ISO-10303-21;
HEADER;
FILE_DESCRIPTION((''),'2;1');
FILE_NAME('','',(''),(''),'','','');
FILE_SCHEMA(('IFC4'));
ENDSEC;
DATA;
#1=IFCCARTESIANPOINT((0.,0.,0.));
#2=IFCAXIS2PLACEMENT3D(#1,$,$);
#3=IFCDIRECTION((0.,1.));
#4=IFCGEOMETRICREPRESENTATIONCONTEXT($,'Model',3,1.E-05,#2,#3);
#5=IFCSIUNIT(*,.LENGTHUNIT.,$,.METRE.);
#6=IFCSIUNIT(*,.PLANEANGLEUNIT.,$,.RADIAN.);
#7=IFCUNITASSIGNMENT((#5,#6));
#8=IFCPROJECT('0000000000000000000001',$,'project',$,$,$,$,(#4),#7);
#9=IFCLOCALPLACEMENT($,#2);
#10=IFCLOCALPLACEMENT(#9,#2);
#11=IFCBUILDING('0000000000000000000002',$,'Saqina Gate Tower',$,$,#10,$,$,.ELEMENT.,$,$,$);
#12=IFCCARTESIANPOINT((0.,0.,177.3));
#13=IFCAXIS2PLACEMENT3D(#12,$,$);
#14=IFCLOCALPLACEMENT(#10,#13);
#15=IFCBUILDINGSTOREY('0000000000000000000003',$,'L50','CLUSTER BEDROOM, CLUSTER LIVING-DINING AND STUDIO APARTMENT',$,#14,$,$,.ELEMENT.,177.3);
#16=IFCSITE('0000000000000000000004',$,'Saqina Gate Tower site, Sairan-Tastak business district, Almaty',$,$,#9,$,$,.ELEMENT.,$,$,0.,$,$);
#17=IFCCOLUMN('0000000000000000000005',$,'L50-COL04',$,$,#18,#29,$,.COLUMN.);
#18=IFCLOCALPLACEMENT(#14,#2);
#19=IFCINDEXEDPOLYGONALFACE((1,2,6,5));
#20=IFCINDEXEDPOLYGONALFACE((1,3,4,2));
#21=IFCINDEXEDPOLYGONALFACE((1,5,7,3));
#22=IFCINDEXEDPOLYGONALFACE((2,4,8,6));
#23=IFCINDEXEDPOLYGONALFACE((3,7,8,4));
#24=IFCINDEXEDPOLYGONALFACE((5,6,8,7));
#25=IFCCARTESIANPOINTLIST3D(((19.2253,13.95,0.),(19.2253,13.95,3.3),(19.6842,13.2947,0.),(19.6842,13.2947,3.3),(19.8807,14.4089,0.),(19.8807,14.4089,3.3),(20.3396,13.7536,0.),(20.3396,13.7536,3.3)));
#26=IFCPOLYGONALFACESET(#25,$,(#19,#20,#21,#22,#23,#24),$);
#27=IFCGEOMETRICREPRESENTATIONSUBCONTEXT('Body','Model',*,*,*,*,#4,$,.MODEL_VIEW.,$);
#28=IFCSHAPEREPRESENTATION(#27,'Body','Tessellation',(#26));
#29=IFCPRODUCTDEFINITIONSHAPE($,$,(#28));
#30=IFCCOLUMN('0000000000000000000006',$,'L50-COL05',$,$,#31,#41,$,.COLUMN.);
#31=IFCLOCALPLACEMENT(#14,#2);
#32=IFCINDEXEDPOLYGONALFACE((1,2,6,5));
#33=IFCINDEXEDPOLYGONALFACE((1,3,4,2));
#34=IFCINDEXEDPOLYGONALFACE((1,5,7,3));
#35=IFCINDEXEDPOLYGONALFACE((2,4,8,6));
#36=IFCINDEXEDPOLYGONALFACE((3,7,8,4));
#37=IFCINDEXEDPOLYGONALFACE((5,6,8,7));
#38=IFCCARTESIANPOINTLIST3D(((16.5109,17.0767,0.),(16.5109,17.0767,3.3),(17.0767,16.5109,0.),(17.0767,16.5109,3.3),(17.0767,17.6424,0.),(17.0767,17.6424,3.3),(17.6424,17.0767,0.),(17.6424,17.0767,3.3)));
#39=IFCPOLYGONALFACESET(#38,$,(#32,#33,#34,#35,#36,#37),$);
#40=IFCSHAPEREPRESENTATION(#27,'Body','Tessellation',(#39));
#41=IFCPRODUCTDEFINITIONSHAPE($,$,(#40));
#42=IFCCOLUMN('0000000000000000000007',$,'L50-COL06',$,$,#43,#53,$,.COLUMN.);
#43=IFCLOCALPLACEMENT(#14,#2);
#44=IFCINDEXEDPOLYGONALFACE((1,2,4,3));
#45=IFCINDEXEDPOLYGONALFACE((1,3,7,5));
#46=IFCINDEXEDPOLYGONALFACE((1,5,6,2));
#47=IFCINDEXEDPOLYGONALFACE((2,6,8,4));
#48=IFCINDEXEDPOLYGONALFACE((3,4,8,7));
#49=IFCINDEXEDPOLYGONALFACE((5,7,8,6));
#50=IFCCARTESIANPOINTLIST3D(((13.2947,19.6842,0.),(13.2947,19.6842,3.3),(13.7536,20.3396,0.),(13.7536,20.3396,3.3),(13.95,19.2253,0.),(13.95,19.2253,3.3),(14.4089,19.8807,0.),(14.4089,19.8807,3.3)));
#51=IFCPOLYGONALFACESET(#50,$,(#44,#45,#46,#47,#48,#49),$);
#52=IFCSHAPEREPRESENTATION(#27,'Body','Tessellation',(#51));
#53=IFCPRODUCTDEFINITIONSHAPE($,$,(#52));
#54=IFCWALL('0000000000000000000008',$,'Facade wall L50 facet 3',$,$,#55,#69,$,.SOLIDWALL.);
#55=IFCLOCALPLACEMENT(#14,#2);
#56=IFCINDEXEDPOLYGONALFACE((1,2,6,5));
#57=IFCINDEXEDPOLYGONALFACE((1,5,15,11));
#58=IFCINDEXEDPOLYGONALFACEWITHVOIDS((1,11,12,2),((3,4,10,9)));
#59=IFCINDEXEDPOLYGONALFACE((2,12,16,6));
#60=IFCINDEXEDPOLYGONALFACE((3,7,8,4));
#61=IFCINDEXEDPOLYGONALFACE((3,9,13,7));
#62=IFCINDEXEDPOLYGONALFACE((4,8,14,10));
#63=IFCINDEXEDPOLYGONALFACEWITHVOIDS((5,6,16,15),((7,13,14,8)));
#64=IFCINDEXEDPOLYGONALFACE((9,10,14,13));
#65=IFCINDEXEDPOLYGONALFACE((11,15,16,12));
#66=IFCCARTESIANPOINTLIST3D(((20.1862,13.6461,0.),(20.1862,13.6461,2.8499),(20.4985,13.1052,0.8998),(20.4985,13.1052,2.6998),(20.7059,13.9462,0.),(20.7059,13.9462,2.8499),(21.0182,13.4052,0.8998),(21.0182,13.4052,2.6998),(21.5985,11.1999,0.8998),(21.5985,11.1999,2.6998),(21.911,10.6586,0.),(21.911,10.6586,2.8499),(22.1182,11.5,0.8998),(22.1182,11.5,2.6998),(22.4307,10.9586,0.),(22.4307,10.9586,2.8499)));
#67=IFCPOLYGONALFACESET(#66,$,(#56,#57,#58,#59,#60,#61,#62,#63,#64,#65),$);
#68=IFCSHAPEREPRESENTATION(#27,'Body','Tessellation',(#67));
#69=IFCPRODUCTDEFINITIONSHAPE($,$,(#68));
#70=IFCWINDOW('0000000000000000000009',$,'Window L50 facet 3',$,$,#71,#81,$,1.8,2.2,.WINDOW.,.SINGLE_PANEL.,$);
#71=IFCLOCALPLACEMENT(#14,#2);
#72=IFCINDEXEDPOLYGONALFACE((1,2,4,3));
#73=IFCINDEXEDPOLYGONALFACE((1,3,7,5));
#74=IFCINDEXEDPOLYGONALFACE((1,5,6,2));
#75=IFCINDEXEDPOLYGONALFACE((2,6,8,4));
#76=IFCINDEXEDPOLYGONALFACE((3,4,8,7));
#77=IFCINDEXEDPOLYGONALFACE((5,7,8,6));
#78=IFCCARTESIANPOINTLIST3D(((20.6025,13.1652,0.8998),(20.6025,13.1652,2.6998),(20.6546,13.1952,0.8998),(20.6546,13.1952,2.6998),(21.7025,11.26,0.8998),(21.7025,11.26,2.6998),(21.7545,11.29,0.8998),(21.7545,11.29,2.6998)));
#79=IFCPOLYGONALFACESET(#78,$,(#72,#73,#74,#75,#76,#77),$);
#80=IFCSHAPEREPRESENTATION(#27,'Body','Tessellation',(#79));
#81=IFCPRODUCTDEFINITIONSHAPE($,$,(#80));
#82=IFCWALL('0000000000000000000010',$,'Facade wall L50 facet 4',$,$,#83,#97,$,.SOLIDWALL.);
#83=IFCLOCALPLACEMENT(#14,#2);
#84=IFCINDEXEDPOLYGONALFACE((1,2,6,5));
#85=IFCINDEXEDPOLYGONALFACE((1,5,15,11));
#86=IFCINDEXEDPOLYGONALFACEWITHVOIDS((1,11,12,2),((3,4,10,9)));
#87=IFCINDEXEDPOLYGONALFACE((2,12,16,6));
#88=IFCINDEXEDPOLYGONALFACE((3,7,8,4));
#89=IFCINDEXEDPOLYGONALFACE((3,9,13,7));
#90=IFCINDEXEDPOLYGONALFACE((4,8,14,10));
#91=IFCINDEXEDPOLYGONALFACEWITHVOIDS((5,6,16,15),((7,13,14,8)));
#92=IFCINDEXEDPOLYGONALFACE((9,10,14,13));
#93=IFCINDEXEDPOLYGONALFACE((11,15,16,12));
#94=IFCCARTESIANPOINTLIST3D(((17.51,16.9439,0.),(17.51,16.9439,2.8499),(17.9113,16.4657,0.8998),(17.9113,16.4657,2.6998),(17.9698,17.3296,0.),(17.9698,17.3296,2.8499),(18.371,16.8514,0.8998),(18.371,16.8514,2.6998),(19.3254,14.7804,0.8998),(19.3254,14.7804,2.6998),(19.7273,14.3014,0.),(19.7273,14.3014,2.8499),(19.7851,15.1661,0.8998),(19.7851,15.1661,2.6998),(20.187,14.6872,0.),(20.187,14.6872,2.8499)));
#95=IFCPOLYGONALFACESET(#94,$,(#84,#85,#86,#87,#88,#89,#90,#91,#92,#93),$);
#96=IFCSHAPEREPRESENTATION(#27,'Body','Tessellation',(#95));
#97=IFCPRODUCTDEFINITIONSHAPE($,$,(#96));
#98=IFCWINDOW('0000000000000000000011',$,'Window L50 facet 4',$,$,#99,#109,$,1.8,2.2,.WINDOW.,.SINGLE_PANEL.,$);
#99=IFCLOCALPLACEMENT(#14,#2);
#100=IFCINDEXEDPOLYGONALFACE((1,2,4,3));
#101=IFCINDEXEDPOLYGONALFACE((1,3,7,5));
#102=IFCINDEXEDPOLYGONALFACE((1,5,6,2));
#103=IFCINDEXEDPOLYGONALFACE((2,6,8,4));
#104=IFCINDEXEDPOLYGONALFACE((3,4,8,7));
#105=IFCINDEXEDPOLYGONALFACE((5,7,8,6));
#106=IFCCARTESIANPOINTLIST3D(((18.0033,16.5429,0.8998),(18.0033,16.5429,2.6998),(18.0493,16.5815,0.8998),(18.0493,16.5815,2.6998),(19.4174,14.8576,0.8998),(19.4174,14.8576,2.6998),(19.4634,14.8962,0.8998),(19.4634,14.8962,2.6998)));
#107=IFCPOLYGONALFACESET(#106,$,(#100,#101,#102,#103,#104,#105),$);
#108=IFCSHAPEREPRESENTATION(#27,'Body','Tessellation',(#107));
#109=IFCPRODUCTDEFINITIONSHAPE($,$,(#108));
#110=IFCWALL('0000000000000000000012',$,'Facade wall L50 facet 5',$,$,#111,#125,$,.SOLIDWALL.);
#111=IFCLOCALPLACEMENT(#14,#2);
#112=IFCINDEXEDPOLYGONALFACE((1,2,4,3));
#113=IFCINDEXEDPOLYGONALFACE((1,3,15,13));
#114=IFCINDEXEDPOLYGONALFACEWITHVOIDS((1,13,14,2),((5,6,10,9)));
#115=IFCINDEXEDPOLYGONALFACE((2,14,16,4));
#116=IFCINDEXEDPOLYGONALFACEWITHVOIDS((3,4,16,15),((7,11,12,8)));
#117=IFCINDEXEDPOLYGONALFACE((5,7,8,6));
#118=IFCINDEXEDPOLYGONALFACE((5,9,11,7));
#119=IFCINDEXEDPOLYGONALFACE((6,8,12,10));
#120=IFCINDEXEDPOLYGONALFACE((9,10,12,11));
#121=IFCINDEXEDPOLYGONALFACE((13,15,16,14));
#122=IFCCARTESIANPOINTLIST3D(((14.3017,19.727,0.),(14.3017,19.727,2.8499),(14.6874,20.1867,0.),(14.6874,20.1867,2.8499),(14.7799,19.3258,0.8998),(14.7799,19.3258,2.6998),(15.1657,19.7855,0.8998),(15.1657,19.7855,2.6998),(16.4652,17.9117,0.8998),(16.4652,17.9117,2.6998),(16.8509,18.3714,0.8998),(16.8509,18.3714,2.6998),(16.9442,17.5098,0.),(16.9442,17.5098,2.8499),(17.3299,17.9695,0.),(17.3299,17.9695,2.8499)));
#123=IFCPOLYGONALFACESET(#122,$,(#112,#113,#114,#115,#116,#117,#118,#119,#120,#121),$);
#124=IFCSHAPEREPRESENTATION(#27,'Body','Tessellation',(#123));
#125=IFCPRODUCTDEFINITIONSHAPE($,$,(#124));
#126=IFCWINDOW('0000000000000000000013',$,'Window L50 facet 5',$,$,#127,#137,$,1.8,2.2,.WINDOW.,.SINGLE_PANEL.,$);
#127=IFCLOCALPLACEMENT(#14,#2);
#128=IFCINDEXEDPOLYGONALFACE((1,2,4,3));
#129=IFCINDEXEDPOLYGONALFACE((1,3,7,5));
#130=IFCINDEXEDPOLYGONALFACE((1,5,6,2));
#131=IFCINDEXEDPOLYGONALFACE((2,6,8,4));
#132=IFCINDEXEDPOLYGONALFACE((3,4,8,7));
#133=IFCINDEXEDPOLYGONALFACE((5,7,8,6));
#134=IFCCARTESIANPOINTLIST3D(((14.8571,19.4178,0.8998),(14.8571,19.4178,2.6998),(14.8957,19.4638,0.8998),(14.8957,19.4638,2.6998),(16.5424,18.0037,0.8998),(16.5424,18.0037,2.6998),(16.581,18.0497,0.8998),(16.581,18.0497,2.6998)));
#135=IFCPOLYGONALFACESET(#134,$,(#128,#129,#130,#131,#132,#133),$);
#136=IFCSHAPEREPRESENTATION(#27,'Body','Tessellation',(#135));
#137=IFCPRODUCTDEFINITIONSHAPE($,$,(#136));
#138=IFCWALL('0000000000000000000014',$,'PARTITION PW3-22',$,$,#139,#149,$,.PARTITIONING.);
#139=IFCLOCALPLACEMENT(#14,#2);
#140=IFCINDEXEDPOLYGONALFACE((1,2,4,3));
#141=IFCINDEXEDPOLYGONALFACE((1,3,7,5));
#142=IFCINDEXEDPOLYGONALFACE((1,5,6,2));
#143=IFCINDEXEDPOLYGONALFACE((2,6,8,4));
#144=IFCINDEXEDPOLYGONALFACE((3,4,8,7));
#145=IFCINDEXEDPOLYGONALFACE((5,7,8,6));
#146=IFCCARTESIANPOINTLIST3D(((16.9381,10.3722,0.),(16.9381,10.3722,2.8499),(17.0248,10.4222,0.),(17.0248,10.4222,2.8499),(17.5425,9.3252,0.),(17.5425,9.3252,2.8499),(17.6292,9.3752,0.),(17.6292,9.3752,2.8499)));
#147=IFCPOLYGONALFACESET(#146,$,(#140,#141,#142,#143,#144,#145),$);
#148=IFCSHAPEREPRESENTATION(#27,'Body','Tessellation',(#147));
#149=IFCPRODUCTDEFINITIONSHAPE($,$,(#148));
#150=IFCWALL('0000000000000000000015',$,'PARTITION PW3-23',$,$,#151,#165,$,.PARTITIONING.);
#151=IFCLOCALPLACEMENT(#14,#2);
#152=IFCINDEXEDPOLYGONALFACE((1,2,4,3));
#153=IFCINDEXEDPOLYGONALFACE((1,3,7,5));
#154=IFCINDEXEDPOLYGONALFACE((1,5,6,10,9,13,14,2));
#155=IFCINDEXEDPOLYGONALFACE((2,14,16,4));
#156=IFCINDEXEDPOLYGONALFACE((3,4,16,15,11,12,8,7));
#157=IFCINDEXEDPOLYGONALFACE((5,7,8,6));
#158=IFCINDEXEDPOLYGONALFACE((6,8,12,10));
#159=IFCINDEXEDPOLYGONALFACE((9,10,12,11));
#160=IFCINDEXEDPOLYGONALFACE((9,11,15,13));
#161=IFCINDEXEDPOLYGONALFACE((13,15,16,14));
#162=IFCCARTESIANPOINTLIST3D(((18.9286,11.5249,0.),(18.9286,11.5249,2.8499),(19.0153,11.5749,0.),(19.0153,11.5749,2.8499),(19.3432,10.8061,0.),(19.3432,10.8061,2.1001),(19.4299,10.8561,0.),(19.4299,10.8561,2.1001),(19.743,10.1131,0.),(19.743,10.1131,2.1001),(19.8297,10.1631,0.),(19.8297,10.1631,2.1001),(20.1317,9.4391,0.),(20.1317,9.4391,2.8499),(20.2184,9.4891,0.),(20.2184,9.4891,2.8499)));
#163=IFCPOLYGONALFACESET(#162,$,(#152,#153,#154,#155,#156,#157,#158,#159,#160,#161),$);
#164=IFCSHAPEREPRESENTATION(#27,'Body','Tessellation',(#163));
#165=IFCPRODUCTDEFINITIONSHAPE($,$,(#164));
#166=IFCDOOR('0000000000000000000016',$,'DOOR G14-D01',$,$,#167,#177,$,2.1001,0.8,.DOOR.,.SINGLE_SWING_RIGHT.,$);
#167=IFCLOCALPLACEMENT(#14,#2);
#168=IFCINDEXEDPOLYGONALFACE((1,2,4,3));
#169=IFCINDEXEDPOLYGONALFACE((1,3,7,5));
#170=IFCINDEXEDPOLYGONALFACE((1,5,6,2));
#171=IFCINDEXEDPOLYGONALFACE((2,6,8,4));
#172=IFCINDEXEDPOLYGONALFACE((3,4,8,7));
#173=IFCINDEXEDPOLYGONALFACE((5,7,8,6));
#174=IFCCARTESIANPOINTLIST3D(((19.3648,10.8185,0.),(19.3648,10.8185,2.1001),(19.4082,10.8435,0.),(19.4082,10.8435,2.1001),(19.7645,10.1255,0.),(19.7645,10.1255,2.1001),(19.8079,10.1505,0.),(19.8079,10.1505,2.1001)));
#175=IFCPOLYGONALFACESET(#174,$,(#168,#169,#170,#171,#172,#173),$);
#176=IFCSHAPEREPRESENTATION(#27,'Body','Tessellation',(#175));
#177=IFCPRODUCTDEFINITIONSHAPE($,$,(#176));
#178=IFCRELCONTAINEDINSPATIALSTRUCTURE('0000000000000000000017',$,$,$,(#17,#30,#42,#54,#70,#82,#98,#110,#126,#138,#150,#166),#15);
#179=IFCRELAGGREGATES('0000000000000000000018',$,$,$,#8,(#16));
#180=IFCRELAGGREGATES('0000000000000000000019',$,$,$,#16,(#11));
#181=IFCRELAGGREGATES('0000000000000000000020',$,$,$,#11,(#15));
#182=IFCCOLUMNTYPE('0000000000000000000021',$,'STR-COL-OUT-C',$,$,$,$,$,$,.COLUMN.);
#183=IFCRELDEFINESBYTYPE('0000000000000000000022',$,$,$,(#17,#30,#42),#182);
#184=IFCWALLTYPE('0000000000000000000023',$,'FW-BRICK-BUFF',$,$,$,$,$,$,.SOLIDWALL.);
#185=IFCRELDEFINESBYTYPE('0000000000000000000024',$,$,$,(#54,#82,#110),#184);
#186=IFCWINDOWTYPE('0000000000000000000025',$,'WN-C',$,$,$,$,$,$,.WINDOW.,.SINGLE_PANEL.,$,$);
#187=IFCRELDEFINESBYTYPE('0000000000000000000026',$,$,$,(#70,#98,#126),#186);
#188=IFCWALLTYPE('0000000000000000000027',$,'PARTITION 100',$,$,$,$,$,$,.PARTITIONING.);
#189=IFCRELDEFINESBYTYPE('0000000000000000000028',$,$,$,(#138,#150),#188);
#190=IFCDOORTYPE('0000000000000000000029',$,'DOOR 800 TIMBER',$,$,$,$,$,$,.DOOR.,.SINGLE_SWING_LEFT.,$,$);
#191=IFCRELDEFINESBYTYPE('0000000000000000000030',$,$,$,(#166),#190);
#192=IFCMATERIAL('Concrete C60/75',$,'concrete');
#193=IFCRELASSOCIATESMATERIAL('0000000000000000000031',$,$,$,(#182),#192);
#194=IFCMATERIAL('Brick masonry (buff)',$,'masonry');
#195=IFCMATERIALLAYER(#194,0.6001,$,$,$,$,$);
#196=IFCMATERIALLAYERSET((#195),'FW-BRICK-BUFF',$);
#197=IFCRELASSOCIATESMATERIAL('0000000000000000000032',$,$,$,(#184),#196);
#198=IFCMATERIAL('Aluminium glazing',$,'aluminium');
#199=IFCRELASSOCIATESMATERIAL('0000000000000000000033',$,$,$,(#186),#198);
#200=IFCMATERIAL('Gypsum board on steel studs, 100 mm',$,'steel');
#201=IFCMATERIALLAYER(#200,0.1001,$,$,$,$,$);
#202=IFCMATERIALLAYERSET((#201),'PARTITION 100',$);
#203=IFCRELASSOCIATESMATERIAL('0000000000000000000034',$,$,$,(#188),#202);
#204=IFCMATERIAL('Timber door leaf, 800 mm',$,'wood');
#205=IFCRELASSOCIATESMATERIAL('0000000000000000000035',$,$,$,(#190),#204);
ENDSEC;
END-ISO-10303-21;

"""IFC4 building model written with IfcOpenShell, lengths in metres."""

from ifc_helpers import new_model, si_unit, direction, frame, frame_2d, origin, origin_2d, place, context, subcontext, project, spatial, rectangle, extrude, material, layer, layer_set, material_profile, profile_set, type_object, element, fill, save


model = new_model("IFC4")

# Units and contexts
model_context = context("Model", 3, precision=1e-05, world=origin(), true_north=direction((0.0, 1.0)))
body_context = subcontext(model_context, "Body", "Model", "MODEL_VIEW")
ifc_project = project(units=[si_unit("LENGTHUNIT", "METRE"), si_unit("PLANEANGLEUNIT", "RADIAN")], contexts=[model_context])

# Site, building, storey
site_placement = place(None, origin())
site = spatial("IfcSite", under=ifc_project, at=site_placement, Name="Saqina Gate Tower site, Sairan-Tastak business district, Almaty", CompositionType="ELEMENT", RefElevation=0.0)
building_placement = place(site_placement, origin())
building = spatial("IfcBuilding", under=site, at=building_placement, Name="Saqina Gate Tower", CompositionType="ELEMENT")
storey_placement = place(building_placement, frame((0.0, 0.0, 177.3)))
storey = spatial("IfcBuildingStorey", under=building, at=storey_placement, Name="L50", Description="CLUSTER BEDROOM, CLUSTER LIVING-DINING AND STUDIO APARTMENT", CompositionType="ELEMENT", Elevation=177.3)

# Columns
ifc_material_1 = material(Name="Concrete C60/75", Category="concrete")
ifc_material_profile = material_profile(ifc_material_1, rectangle(XDim=0.8, YDim=0.8, at=origin_2d()), Name="RC 800x800")
ifc_profile_set = profile_set([ifc_material_profile], Name="Concrete C60/75")
column_type = type_object("IfcColumnType", Name="STR-COL-OUT-C", PredefinedType="COLUMN", material=ifc_profile_set)
for number, where, z_axis, x_axis, name in (
    (1, (19.7825, 13.8518, 0.0), (0.0, 0.0, 1.0), (0.819152, 0.573576, 0.0), "L50-COL04"),
    (2, (17.0767, 17.0767, 0.0), (0.0, 0.0, 1.0), (0.707107, 0.707107, 0.0), "L50-COL05"),
    (3, (13.8518, 19.7825, 0.0), (0.0, 0.0, 1.0), (0.573576, 0.819152, 0.0), "L50-COL06"),
):
    element("IfcColumn", number, at=place(storey_placement, frame(where, z_axis=z_axis, x_axis=x_axis)), inside=storey, type_object=column_type, Name=name, PredefinedType="COLUMN", context=body_context, shape_type="SweptSolid", body=[
        extrude(rectangle(XDim=0.8, YDim=0.8, at=origin_2d()), origin(), (0.0, 0.0, 1.0), 3.3),
    ])

# Walls, openings, windows
ifc_material_2 = material(Name="Brick masonry (buff)", Category="masonry")
ifc_layer_1 = layer(ifc_material_2, 0.6001)
ifc_layer_set_1 = layer_set([ifc_layer_1], Name="FW-BRICK-BUFF")
wall_type_1 = type_object("IfcWallType", Name="FW-BRICK-BUFF", PredefinedType="SOLIDWALL", material=ifc_layer_set_1)
wall_1_placement = place(storey_placement, frame((22.1709, 10.8086, 0.0), z_axis=(0.0, 0.0, 1.0), x_axis=(-0.499998, 0.866026, 0.0)))
wall_1 = element("IfcWall", 4, at=wall_1_placement, inside=storey, type_object=wall_type_1, Name="Facade wall L50 facet 3", PredefinedType="SOLIDWALL", context=body_context, shape_type="SweptSolid", body=[
    extrude(rectangle(XDim=3.4497, YDim=0.6001, at=frame_2d((1.7249, 0.0))), origin(), (0.0, 0.0, 1.0), 2.8499),
])
opening_1_placement = place(wall_1_placement, frame((0.625, 0.0, 0.8999)))
opening_1 = element("IfcOpeningElement", 5, at=opening_1_placement, cuts=wall_1, PredefinedType="OPENING", context=body_context, shape_type="SweptSolid", body=[
    extrude(rectangle(XDim=2.2, YDim=1.8, at=frame_2d((1.1001, 0.8999))), frame((0.0, 0.312, 0.0), z_axis=(0.0, -1.0, 0.0), x_axis=(1.0, 0.0, 0.0)), (0.0, 0.0, 1.0), 0.624),
])
ifc_material_3 = material(Name="Aluminium glazing", Category="aluminium")
window_type = type_object("IfcWindowType", Name="WN-C", PartitioningType="SINGLE_PANEL", PredefinedType="WINDOW", material=ifc_material_3)
window_1_placement = place(opening_1_placement, origin())
window_1 = element("IfcWindow", 6, at=window_1_placement, inside=storey, type_object=window_type, Name="Window L50 facet 3", OverallHeight=1.8, OverallWidth=2.2, PartitioningType="SINGLE_PANEL", PredefinedType="WINDOW", context=body_context, shape_type="SweptSolid", body=[
    extrude(rectangle(XDim=2.2, YDim=1.8, at=frame_2d((1.1001, 0.8999))), frame((0.0, 0.1799, 0.0), z_axis=(0.0, -1.0, 0.0), x_axis=(1.0, 0.0, 0.0)), (0.0, 0.0, 1.0), 0.0601),
])
fill(opening_1, window_1)
wall_2_placement = place(storey_placement, frame((19.957, 14.4944, 0.0), z_axis=(0.0, 0.0, 1.0), x_axis=(-0.64277, 0.766059, 0.0)))
wall_2 = element("IfcWall", 7, at=wall_2_placement, inside=storey, type_object=wall_type_1, Name="Facade wall L50 facet 4", PredefinedType="SOLIDWALL", context=body_context, shape_type="SweptSolid", body=[
    extrude(rectangle(XDim=3.4495, YDim=0.6001, at=frame_2d((1.7246, 0.0))), origin(), (0.0, 0.0, 1.0), 2.8499),
])
opening_2_placement = place(wall_2_placement, frame((0.625, 0.0, 0.8999)))
opening_2 = element("IfcOpeningElement", 8, at=opening_2_placement, cuts=wall_2, PredefinedType="OPENING", context=body_context, shape_type="SweptSolid", body=[
    extrude(rectangle(XDim=2.2, YDim=1.8, at=frame_2d((1.1001, 0.8999))), frame((0.0, 0.312, 0.0), z_axis=(0.0, -1.0, 0.0), x_axis=(1.0, 0.0, 0.0)), (0.0, 0.0, 1.0), 0.624),
])
window_2_placement = place(opening_2_placement, origin())
window_2 = element("IfcWindow", 9, at=window_2_placement, inside=storey, type_object=window_type, Name="Window L50 facet 4", OverallHeight=1.8, OverallWidth=2.2, PartitioningType="SINGLE_PANEL", PredefinedType="WINDOW", context=body_context, shape_type="SweptSolid", body=[
    extrude(rectangle(XDim=2.2, YDim=1.8, at=frame_2d((1.1001, 0.8999))), frame((0.0, 0.1799, 0.0), z_axis=(0.0, -1.0, 0.0), x_axis=(1.0, 0.0, 0.0)), (0.0, 0.0, 1.0), 0.0601),
])
fill(opening_2, window_2)
wall_3_placement = place(storey_placement, frame((17.137, 17.7397, 0.0), z_axis=(0.0, 0.0, 1.0), x_axis=(-0.766059, 0.64277, 0.0)))
wall_3 = element("IfcWall", 10, at=wall_3_placement, inside=storey, type_object=wall_type_1, Name="Facade wall L50 facet 5", PredefinedType="SOLIDWALL", context=body_context, shape_type="SweptSolid", body=[
    extrude(rectangle(XDim=3.4495, YDim=0.6001, at=frame_2d((1.7246, 0.0))), origin(), (0.0, 0.0, 1.0), 2.8499),
])
opening_3_placement = place(wall_3_placement, frame((0.625, 0.0, 0.8999)))
opening_3 = element("IfcOpeningElement", 11, at=opening_3_placement, cuts=wall_3, PredefinedType="OPENING", context=body_context, shape_type="SweptSolid", body=[
    extrude(rectangle(XDim=2.2, YDim=1.8, at=frame_2d((1.1001, 0.8999))), frame((0.0, 0.312, 0.0), z_axis=(0.0, -1.0, 0.0), x_axis=(1.0, 0.0, 0.0)), (0.0, 0.0, 1.0), 0.624),
])
window_3_placement = place(opening_3_placement, origin())
window_3 = element("IfcWindow", 12, at=window_3_placement, inside=storey, type_object=window_type, Name="Window L50 facet 5", OverallHeight=1.8, OverallWidth=2.2, PartitioningType="SINGLE_PANEL", PredefinedType="WINDOW", context=body_context, shape_type="SweptSolid", body=[
    extrude(rectangle(XDim=2.2, YDim=1.8, at=frame_2d((1.1001, 0.8999))), frame((0.0, 0.1799, 0.0), z_axis=(0.0, -1.0, 0.0), x_axis=(1.0, 0.0, 0.0)), (0.0, 0.0, 1.0), 0.0601),
])
fill(opening_3, window_3)

# Wall
ifc_material_4 = material(Name="Gypsum board on steel studs, 100 mm", Category="steel")
ifc_layer_2 = layer(ifc_material_4, 0.1001)
ifc_layer_set_2 = layer_set([ifc_layer_2], Name="PARTITION 100")
wall_type_2 = type_object("IfcWallType", Name="PARTITION 100", PredefinedType="PARTITIONING", material=ifc_layer_set_2)
wall_4_placement = place(storey_placement, frame((16.9814, 10.3972, 0.0), z_axis=(0.0, 0.0, 1.0), x_axis=(0.499961, -0.866048, 0.0)))
element("IfcWall", 13, at=wall_4_placement, inside=storey, type_object=wall_type_2, Name="PARTITION PW3-22", PredefinedType="PARTITIONING", context=body_context, shape_type="SweptSolid", body=[
    extrude(rectangle(XDim=1.209, YDim=0.1001, at=frame_2d((0.6045, 0.0))), origin(), (0.0, 0.0, 1.0), 2.8499),
])

# Wall, opening, door
wall_5_placement = place(storey_placement, frame((18.9719, 11.55, 0.0), z_axis=(0.0, 0.0, 1.0), x_axis=(0.499629, -0.86624, 0.0)))
wall_5 = element("IfcWall", 14, at=wall_5_placement, inside=storey, type_object=wall_type_2, Name="PARTITION PW3-23", PredefinedType="PARTITIONING", context=body_context, shape_type="SweptSolid", body=[
    extrude(rectangle(XDim=2.408, YDim=0.1001, at=frame_2d((1.2041, 0.0))), origin(), (0.0, 0.0, 1.0), 2.8499),
])
opening_4_placement = place(wall_5_placement, frame((0.8301, 0.0, 0.0)))
opening_4 = element("IfcOpeningElement", 15, at=opening_4_placement, cuts=wall_5, PredefinedType="OPENING", context=body_context, shape_type="SweptSolid", body=[
    extrude(rectangle(XDim=0.8, YDim=2.1001, at=frame_2d((0.3999, 1.05))), frame((0.0, 0.062, 0.0), z_axis=(0.0, -1.0, 0.0), x_axis=(1.0, 0.0, 0.0)), (0.0, 0.0, 1.0), 0.124),
])
ifc_material_5 = material(Name="Timber door leaf, 800 mm", Category="wood")
door_type_1 = type_object("IfcDoorType", Name="DOOR 800 TIMBER", OperationType="SINGLE_SWING_LEFT", PredefinedType="DOOR", material=ifc_material_5)
door_1_placement = place(opening_4_placement, origin())
door_1 = element("IfcDoor", 16, at=door_1_placement, inside=storey, type_object=door_type_1, Name="DOOR G14-D01", OperationType="SINGLE_SWING_RIGHT", OverallHeight=2.1001, OverallWidth=0.8, PredefinedType="DOOR", context=body_context, shape_type="SweptSolid", body=[
    extrude(rectangle(XDim=0.8, YDim=2.1001, at=frame_2d((0.3999, 1.05))), frame((0.0, 0.0249, 0.0), z_axis=(0.0, -1.0, 0.0), x_axis=(1.0, 0.0, 0.0)), (0.0, 0.0, 1.0), 0.05),
])
fill(opening_4, door_1)

save(model, "model.ifc")
